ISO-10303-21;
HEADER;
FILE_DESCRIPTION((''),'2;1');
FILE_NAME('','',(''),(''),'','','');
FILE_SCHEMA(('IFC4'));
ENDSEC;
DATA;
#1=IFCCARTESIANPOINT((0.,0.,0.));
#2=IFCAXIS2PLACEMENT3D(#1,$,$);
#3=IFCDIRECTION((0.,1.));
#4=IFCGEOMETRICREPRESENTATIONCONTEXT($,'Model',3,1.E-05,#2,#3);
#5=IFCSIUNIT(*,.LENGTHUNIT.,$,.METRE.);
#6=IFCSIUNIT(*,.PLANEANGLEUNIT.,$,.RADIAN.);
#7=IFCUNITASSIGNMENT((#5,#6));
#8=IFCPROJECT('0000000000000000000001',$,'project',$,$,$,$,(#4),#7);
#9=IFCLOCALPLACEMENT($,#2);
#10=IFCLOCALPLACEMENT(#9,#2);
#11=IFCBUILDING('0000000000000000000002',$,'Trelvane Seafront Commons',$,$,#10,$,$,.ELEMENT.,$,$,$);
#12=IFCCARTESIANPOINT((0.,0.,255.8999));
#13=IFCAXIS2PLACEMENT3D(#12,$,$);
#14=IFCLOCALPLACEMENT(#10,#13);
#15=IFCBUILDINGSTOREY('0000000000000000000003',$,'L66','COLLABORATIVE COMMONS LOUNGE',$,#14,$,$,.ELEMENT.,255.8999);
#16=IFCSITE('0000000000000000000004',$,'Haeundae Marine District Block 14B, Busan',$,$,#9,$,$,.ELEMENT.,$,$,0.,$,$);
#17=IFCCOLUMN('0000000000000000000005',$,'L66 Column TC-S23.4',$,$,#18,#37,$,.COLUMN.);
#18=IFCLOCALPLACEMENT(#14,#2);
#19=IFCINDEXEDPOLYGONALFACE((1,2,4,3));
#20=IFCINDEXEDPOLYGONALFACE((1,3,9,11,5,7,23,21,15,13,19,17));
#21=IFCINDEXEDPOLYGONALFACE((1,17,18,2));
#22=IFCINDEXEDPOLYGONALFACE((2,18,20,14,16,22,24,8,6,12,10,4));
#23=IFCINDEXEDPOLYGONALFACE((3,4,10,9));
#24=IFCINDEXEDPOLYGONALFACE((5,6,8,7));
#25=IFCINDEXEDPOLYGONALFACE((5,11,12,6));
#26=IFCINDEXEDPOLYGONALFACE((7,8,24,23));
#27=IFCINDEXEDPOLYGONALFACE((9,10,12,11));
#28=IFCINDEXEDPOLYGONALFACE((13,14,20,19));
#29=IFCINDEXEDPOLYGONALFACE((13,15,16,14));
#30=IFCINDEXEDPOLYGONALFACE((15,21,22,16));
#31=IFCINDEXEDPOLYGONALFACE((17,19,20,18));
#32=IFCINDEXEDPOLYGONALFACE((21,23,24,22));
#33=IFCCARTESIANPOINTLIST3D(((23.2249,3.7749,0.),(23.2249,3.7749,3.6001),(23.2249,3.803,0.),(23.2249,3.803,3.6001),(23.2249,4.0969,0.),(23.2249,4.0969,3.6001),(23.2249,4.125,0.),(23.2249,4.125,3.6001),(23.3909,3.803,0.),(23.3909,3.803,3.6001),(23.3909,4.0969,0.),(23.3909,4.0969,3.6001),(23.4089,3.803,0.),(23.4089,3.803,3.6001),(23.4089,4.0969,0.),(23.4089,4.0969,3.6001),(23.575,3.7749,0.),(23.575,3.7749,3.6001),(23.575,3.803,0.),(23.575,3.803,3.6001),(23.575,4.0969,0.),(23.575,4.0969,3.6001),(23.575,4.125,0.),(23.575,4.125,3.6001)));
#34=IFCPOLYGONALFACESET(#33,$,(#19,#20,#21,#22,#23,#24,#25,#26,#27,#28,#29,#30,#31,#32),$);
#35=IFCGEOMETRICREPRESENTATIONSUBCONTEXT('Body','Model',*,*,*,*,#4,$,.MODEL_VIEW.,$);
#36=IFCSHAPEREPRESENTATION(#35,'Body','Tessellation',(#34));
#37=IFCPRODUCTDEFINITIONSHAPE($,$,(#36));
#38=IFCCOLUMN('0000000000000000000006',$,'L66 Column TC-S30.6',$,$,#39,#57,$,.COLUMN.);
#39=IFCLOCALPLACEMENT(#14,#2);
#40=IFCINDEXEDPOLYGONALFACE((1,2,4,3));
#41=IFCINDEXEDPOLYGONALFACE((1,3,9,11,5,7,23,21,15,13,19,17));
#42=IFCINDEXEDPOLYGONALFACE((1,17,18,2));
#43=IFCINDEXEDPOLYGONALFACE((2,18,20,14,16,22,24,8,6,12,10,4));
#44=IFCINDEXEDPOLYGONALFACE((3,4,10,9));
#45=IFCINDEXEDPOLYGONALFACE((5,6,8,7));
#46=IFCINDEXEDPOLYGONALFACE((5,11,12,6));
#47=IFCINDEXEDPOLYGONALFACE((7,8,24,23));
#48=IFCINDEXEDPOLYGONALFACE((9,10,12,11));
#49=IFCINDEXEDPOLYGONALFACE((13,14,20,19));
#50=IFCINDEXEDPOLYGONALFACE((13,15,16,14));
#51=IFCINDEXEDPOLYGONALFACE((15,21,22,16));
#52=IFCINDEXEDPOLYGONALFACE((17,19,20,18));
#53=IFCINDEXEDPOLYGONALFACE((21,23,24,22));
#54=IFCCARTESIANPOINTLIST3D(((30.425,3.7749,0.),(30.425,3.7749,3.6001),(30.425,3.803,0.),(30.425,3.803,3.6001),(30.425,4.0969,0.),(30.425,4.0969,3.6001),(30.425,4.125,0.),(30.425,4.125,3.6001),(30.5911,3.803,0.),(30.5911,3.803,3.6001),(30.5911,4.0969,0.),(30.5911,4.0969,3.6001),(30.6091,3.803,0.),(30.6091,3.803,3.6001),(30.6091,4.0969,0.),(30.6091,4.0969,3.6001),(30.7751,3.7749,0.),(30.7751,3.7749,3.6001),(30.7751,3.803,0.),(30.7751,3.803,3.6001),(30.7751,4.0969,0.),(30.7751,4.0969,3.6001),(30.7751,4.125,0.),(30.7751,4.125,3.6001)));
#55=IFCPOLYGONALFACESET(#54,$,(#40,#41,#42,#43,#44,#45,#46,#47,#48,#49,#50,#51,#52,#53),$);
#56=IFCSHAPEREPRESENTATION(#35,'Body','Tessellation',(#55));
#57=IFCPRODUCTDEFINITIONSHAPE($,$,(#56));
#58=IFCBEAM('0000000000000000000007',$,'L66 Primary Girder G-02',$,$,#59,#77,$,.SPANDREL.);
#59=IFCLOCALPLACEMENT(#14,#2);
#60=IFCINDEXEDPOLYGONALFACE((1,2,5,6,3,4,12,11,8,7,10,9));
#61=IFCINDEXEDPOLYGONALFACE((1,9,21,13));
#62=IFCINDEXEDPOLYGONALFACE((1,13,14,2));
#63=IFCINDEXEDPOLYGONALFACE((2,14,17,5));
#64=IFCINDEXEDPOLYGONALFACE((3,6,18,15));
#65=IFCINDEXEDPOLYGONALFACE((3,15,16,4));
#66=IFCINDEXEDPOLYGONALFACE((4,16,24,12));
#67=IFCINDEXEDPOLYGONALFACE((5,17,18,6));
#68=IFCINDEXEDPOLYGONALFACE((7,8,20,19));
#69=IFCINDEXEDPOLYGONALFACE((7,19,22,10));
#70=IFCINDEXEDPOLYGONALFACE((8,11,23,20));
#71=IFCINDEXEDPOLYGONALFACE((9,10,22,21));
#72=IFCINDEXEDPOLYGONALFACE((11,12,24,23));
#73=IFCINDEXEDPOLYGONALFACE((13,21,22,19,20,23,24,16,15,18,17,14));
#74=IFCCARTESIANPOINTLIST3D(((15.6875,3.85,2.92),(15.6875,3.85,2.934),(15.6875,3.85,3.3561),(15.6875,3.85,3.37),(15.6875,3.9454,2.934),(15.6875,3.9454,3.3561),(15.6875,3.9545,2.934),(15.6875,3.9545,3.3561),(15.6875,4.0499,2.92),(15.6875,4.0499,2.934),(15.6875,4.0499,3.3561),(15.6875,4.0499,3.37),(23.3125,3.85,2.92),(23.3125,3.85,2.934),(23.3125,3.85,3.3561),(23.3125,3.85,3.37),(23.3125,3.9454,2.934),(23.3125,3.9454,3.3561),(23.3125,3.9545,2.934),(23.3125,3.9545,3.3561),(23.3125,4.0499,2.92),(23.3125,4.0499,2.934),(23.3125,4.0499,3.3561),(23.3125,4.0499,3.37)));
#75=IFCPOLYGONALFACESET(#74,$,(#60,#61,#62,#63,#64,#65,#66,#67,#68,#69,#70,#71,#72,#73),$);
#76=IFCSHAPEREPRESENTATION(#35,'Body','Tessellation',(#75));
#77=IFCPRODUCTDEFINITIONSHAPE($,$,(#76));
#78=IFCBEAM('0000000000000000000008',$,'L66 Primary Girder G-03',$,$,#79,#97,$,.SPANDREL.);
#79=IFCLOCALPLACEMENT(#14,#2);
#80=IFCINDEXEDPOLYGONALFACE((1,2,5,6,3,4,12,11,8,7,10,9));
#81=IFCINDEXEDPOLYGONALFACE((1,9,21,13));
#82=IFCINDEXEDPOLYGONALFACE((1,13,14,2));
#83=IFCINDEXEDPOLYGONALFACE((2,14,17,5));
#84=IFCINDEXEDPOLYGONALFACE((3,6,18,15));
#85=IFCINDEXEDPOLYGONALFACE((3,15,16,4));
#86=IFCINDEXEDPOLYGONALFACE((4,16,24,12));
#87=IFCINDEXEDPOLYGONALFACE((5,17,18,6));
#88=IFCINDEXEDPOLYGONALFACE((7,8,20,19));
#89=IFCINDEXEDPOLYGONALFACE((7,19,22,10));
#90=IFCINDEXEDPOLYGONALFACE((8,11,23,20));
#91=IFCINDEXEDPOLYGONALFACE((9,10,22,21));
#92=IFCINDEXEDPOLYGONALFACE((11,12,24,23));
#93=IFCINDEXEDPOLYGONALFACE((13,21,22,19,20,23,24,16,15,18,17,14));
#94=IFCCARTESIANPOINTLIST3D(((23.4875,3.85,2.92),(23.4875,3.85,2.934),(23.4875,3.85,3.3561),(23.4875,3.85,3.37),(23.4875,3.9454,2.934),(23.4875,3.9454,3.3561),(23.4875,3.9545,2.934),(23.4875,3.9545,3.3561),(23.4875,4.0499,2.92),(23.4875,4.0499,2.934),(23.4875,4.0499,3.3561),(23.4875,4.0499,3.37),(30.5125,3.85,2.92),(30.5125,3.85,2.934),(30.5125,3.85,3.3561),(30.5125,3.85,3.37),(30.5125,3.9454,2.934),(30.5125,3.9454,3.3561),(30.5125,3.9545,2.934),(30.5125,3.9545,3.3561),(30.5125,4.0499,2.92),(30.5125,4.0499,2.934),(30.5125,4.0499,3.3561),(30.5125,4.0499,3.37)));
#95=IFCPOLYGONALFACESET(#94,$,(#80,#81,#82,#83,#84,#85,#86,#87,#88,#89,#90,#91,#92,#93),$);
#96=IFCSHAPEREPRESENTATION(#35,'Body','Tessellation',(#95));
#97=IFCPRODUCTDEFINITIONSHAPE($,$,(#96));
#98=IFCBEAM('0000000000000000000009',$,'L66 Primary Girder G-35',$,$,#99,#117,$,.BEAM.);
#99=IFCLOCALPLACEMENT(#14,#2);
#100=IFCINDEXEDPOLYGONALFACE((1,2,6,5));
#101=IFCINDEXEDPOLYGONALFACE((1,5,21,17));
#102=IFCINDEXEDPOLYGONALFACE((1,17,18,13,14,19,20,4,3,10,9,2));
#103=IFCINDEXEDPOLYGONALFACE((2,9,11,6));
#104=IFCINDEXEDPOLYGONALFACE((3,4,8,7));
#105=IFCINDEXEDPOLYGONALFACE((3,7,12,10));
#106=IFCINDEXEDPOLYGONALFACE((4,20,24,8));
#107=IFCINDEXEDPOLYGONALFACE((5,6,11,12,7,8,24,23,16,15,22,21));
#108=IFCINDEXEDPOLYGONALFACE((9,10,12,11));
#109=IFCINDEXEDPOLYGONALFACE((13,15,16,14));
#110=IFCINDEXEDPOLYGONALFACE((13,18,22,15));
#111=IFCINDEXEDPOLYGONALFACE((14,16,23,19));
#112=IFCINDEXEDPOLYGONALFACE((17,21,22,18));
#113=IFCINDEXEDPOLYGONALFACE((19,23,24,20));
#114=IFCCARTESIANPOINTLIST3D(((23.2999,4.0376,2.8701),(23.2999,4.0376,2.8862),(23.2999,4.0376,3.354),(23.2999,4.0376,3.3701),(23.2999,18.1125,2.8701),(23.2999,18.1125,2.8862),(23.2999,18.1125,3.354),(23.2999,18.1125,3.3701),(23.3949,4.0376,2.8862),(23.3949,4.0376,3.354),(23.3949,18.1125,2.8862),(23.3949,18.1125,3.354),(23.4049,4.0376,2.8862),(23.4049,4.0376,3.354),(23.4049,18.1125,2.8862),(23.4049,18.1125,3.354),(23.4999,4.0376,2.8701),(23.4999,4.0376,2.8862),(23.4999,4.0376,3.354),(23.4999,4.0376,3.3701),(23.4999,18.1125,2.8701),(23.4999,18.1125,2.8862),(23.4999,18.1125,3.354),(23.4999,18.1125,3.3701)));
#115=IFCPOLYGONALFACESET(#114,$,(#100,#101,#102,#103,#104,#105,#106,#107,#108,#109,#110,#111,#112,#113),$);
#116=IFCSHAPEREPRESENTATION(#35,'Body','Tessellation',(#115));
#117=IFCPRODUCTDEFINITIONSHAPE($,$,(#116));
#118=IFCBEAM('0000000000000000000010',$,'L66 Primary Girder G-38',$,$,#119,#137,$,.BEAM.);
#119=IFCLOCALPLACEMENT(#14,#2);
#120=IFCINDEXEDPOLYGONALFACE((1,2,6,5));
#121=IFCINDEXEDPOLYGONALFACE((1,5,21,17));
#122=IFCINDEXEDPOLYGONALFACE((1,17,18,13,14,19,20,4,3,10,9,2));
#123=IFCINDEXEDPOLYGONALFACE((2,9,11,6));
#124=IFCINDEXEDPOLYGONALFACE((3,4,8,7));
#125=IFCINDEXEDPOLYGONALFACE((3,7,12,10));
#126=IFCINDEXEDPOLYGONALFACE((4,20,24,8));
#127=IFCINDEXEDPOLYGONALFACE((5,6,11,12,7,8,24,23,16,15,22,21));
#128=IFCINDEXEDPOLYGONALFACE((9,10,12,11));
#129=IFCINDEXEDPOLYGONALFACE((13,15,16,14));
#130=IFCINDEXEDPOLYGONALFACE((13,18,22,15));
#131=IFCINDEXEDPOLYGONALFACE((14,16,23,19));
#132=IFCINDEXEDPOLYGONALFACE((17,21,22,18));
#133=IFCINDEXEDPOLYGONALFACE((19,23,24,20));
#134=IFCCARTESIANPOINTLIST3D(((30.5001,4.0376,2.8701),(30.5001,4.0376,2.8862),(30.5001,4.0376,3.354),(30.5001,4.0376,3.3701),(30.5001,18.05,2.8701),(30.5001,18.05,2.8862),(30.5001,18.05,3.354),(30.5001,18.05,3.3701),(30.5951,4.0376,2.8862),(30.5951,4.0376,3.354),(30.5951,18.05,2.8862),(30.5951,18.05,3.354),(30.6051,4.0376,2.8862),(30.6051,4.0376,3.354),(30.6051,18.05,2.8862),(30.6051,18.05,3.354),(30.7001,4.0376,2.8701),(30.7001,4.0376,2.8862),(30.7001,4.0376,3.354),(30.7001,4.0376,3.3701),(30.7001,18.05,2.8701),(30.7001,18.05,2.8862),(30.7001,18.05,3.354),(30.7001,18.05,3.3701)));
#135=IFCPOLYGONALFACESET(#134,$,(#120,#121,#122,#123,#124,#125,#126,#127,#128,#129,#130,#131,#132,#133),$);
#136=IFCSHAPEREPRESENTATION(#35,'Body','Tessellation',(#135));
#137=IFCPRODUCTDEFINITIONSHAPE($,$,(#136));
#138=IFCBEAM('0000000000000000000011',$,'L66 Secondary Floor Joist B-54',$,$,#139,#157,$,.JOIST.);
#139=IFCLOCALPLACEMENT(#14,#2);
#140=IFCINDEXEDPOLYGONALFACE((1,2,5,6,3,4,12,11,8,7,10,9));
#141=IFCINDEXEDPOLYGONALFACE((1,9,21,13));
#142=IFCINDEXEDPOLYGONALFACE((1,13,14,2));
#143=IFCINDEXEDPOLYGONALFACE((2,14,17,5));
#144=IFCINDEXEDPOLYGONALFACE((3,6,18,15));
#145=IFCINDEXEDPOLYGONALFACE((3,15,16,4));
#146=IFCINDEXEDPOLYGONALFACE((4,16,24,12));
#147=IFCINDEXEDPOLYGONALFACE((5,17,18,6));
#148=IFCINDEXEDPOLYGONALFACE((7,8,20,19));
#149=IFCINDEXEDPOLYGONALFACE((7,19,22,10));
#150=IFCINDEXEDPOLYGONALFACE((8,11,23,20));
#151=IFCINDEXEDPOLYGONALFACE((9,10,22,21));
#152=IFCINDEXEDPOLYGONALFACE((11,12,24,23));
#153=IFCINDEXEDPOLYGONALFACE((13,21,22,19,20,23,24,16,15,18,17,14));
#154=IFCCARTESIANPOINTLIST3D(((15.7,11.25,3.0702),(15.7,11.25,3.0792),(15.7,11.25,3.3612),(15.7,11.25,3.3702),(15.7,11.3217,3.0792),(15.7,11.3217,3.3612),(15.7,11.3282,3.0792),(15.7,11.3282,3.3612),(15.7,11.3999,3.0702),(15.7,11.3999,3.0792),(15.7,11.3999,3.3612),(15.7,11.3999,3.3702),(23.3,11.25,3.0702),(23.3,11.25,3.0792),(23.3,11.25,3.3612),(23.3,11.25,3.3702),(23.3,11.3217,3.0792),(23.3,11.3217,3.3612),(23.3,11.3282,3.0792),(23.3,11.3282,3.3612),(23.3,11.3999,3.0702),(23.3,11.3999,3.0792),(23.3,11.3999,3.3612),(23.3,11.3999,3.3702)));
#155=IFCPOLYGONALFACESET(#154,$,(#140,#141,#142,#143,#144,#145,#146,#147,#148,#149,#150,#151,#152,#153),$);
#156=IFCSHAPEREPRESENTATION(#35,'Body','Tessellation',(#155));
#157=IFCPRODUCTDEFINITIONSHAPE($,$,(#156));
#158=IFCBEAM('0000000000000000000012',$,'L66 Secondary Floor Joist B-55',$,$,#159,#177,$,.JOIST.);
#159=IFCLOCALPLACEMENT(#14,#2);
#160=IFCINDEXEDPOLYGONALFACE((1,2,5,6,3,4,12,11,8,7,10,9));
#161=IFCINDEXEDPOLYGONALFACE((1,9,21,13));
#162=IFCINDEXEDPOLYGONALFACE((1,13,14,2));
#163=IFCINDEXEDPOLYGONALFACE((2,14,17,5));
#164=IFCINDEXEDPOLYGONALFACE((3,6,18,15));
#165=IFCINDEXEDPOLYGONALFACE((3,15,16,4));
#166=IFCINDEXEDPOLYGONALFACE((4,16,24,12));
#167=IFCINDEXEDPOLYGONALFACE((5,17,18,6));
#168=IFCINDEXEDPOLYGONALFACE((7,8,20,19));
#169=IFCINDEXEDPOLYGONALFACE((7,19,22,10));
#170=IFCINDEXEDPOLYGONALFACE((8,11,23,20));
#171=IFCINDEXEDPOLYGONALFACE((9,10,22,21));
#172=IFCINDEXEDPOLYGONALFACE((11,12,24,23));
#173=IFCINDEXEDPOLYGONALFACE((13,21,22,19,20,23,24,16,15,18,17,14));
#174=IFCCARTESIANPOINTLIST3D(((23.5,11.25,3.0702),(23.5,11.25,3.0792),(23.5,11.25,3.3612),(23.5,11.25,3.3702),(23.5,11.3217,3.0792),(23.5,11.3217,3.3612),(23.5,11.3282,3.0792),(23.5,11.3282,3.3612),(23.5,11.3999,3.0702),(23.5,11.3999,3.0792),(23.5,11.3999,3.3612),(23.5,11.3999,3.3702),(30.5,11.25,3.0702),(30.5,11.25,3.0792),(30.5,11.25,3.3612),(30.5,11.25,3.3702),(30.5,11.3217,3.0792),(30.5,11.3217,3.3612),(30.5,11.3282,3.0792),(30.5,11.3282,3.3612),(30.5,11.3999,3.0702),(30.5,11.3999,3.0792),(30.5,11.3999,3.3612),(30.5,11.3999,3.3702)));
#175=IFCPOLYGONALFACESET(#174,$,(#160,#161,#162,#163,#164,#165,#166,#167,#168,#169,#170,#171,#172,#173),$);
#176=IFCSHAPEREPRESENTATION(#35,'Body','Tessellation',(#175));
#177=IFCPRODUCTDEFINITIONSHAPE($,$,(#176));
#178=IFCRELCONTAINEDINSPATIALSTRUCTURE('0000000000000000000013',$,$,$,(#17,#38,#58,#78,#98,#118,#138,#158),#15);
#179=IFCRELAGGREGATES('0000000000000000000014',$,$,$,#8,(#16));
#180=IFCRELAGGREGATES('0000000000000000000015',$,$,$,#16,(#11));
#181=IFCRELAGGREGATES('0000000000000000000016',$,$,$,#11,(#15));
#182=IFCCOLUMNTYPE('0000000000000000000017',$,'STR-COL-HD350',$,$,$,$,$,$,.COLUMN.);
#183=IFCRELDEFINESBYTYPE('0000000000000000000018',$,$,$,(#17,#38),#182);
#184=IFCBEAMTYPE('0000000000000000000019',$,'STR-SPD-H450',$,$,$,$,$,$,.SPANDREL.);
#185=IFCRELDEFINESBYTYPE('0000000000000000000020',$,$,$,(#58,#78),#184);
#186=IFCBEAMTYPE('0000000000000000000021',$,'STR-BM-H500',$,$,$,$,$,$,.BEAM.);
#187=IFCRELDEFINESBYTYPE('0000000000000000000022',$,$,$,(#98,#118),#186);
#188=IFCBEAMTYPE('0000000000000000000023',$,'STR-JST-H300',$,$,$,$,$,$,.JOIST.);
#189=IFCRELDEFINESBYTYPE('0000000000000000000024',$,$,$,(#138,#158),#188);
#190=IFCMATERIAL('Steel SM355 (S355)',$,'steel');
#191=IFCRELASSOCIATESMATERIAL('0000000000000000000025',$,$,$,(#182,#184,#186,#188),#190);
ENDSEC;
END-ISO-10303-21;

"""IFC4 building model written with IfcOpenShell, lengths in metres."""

from ifc_helpers import new_model, si_unit, direction, frame, origin, origin_2d, place, context, subcontext, project, spatial, i_section, extrude, source, transform, mapped, material, material_profile, profile_set, type_object, element, save


model = new_model("IFC4")

# Units and contexts
model_context = context("Model", 3, precision=1e-05, world=origin(), true_north=direction((0.0, 1.0)))
body_context = subcontext(model_context, "Body", "Model", "MODEL_VIEW")
ifc_project = project(units=[si_unit("LENGTHUNIT", "METRE"), si_unit("PLANEANGLEUNIT", "RADIAN")], contexts=[model_context])

# Site, building, storey
site_placement = place(None, origin())
site = spatial("IfcSite", under=ifc_project, at=site_placement, Name="Haeundae Marine District Block 14B, Busan", CompositionType="ELEMENT", RefElevation=0.0)
building_placement = place(site_placement, origin())
building = spatial("IfcBuilding", under=site, at=building_placement, Name="Trelvane Seafront Commons", CompositionType="ELEMENT")
storey_placement = place(building_placement, frame((0.0, 0.0, 255.8999)))
storey = spatial("IfcBuildingStorey", under=building, at=storey_placement, Name="L66", Description="COLLABORATIVE COMMONS LOUNGE", CompositionType="ELEMENT", Elevation=255.8999)

# Columns
ifc_material_1 = material(Name="Steel SM355 (S355)", Category="steel")
ifc_material_profile_1 = material_profile(ifc_material_1, i_section(OverallWidth=0.3501, OverallDepth=0.3501, WebThickness=0.0181, FlangeThickness=0.0281, at=origin_2d()), Name="HD-350x350x18x28")
ifc_profile_set_1 = profile_set([ifc_material_profile_1], Name="Steel SM355 (S355)")
column_type = type_object("IfcColumnType", Name="STR-COL-HD350", PredefinedType="COLUMN", material=ifc_profile_set_1)
shared_shape_1 = source(origin(), body_context, "Body", "SweptSolid", [
    extrude(i_section(OverallWidth=0.3501, OverallDepth=0.3501, WebThickness=0.0181, FlangeThickness=0.0281, at=origin_2d()), origin(), (0.0, 0.0, 1.0), 3.6001),
])
for number, where, z_axis, x_axis, name in (
    (1, (23.3999, 3.95, 0.0), (0.0, 0.0, 1.0), (1.0, 0.0, 0.0), "L66 Column TC-S23.4"),
    (2, (30.6001, 3.95, 0.0), (0.0, 0.0, 1.0), (1.0, 0.0, 0.0), "L66 Column TC-S30.6"),
):
    element("IfcColumn", number, at=place(storey_placement, frame(where, z_axis=z_axis, x_axis=x_axis)), inside=storey, type_object=column_type, Name=name, PredefinedType="COLUMN", context=body_context, shape_type="MappedRepresentation", body=[
        mapped(shared_shape_1, transform((0.0, 0.0, 0.0), x_axis=(1.0, 0.0, 0.0), y_axis=(0.0, 1.0, 0.0), z_axis=(0.0, 0.0, 1.0), scale=1.0)),
    ])

# Beams
ifc_material_profile_2 = material_profile(ifc_material_1, i_section(OverallWidth=0.2, OverallDepth=0.45, WebThickness=0.009, FlangeThickness=0.0139, at=origin_2d()), Name="H-450x200x9x14")
ifc_profile_set_2 = profile_set([ifc_material_profile_2], Name="Steel SM355 (S355)")
beam_type_1 = type_object("IfcBeamType", Name="STR-SPD-H450", PredefinedType="SPANDREL", material=ifc_profile_set_2)
shared_shape_2 = source(origin(), body_context, "Body", "SweptSolid", [
    extrude(i_section(OverallWidth=0.2, OverallDepth=0.45, WebThickness=0.009, FlangeThickness=0.0139, at=origin_2d()), origin(), (0.0, 0.0, 1.0), 7.625),
])
beam_1_placement = place(storey_placement, frame((15.6875, 3.95, 3.145), z_axis=(1.0, 0.0, 0.0), x_axis=(0.0, 1.0, 0.0)))
element("IfcBeam", 3, at=beam_1_placement, inside=storey, type_object=beam_type_1, Name="L66 Primary Girder G-02", PredefinedType="SPANDREL", context=body_context, shape_type="MappedRepresentation", body=[
    mapped(shared_shape_2, transform((0.0, 0.0, 0.0), x_axis=(1.0, 0.0, 0.0), y_axis=(0.0, 1.0, 0.0), z_axis=(0.0, 0.0, 1.0), scale=1.0)),
])
shared_shape_3 = source(origin(), body_context, "Body", "SweptSolid", [
    extrude(i_section(OverallWidth=0.2, OverallDepth=0.45, WebThickness=0.009, FlangeThickness=0.0139, at=origin_2d()), origin(), (0.0, 0.0, 1.0), 7.0249),
])
beam_2_placement = place(storey_placement, frame((23.4875, 3.95, 3.145), z_axis=(1.0, 0.0, 0.0), x_axis=(0.0, 1.0, 0.0)))
element("IfcBeam", 4, at=beam_2_placement, inside=storey, type_object=beam_type_1, Name="L66 Primary Girder G-03", PredefinedType="SPANDREL", context=body_context, shape_type="MappedRepresentation", body=[
    mapped(shared_shape_3, transform((0.0, 0.0, 0.0), x_axis=(1.0, 0.0, 0.0), y_axis=(0.0, 1.0, 0.0), z_axis=(0.0, 0.0, 1.0), scale=1.0)),
])
ifc_material_profile_3 = material_profile(ifc_material_1, i_section(OverallWidth=0.2, OverallDepth=0.5, WebThickness=0.01, FlangeThickness=0.0161, at=origin_2d()), Name="H-500x200x10x16")
ifc_profile_set_3 = profile_set([ifc_material_profile_3], Name="Steel SM355 (S355)")
beam_type_2 = type_object("IfcBeamType", Name="STR-BM-H500", PredefinedType="BEAM", material=ifc_profile_set_3)
shared_shape_4 = source(origin(), body_context, "Body", "SweptSolid", [
    extrude(i_section(OverallWidth=0.2, OverallDepth=0.5, WebThickness=0.01, FlangeThickness=0.0161, at=origin_2d()), origin(), (0.0, 0.0, 1.0), 14.075),
])
beam_3_placement = place(storey_placement, frame((23.3999, 4.0376, 3.1201), z_axis=(0.0, 1.0, 0.0), x_axis=(-1.0, 0.0, 0.0)))
element("IfcBeam", 5, at=beam_3_placement, inside=storey, type_object=beam_type_2, Name="L66 Primary Girder G-35", PredefinedType="BEAM", context=body_context, shape_type="MappedRepresentation", body=[
    mapped(shared_shape_4, transform((0.0, 0.0, 0.0), x_axis=(1.0, 0.0, 0.0), y_axis=(0.0, 1.0, 0.0), z_axis=(0.0, 0.0, 1.0), scale=1.0)),
])
shared_shape_5 = source(origin(), body_context, "Body", "SweptSolid", [
    extrude(i_section(OverallWidth=0.2, OverallDepth=0.5, WebThickness=0.01, FlangeThickness=0.0161, at=origin_2d()), origin(), (0.0, 0.0, 1.0), 14.0125),
])
beam_4_placement = place(storey_placement, frame((30.6001, 4.0376, 3.1201), z_axis=(0.0, 1.0, 0.0), x_axis=(-1.0, 0.0, 0.0)))
element("IfcBeam", 6, at=beam_4_placement, inside=storey, type_object=beam_type_2, Name="L66 Primary Girder G-38", PredefinedType="BEAM", context=body_context, shape_type="MappedRepresentation", body=[
    mapped(shared_shape_5, transform((0.0, 0.0, 0.0), x_axis=(1.0, 0.0, 0.0), y_axis=(0.0, 1.0, 0.0), z_axis=(0.0, 0.0, 1.0), scale=1.0)),
])
ifc_material_profile_4 = material_profile(ifc_material_1, i_section(OverallWidth=0.1499, OverallDepth=0.3, WebThickness=0.0066, FlangeThickness=0.009, at=origin_2d()), Name="H-300x150x6.5x9")
ifc_profile_set_4 = profile_set([ifc_material_profile_4], Name="Steel SM355 (S355)")
beam_type_3 = type_object("IfcBeamType", Name="STR-JST-H300", PredefinedType="JOIST", material=ifc_profile_set_4)
shared_shape_6 = source(origin(), body_context, "Body", "SweptSolid", [
    extrude(i_section(OverallWidth=0.1499, OverallDepth=0.3, WebThickness=0.0066, FlangeThickness=0.009, at=origin_2d()), origin(), (0.0, 0.0, 1.0), 7.6001),
])
beam_5_placement = place(storey_placement, frame((15.7, 11.325, 3.2202), z_axis=(1.0, 0.0, 0.0), x_axis=(0.0, 1.0, 0.0)))
element("IfcBeam", 7, at=beam_5_placement, inside=storey, type_object=beam_type_3, Name="L66 Secondary Floor Joist B-54", PredefinedType="JOIST", context=body_context, shape_type="MappedRepresentation", body=[
    mapped(shared_shape_6, transform((0.0, 0.0, 0.0), x_axis=(1.0, 0.0, 0.0), y_axis=(0.0, 1.0, 0.0), z_axis=(0.0, 0.0, 1.0), scale=1.0)),
])
shared_shape_7 = source(origin(), body_context, "Body", "SweptSolid", [
    extrude(i_section(OverallWidth=0.1499, OverallDepth=0.3, WebThickness=0.0066, FlangeThickness=0.009, at=origin_2d()), origin(), (0.0, 0.0, 1.0), 7.0),
])
beam_6_placement = place(storey_placement, frame((23.5, 11.325, 3.2202), z_axis=(1.0, 0.0, 0.0), x_axis=(0.0, 1.0, 0.0)))
element("IfcBeam", 8, at=beam_6_placement, inside=storey, type_object=beam_type_3, Name="L66 Secondary Floor Joist B-55", PredefinedType="JOIST", context=body_context, shape_type="MappedRepresentation", body=[
    mapped(shared_shape_7, transform((0.0, 0.0, 0.0), x_axis=(1.0, 0.0, 0.0), y_axis=(0.0, 1.0, 0.0), z_axis=(0.0, 0.0, 1.0), scale=1.0)),
])

save(model, "model.ifc")
